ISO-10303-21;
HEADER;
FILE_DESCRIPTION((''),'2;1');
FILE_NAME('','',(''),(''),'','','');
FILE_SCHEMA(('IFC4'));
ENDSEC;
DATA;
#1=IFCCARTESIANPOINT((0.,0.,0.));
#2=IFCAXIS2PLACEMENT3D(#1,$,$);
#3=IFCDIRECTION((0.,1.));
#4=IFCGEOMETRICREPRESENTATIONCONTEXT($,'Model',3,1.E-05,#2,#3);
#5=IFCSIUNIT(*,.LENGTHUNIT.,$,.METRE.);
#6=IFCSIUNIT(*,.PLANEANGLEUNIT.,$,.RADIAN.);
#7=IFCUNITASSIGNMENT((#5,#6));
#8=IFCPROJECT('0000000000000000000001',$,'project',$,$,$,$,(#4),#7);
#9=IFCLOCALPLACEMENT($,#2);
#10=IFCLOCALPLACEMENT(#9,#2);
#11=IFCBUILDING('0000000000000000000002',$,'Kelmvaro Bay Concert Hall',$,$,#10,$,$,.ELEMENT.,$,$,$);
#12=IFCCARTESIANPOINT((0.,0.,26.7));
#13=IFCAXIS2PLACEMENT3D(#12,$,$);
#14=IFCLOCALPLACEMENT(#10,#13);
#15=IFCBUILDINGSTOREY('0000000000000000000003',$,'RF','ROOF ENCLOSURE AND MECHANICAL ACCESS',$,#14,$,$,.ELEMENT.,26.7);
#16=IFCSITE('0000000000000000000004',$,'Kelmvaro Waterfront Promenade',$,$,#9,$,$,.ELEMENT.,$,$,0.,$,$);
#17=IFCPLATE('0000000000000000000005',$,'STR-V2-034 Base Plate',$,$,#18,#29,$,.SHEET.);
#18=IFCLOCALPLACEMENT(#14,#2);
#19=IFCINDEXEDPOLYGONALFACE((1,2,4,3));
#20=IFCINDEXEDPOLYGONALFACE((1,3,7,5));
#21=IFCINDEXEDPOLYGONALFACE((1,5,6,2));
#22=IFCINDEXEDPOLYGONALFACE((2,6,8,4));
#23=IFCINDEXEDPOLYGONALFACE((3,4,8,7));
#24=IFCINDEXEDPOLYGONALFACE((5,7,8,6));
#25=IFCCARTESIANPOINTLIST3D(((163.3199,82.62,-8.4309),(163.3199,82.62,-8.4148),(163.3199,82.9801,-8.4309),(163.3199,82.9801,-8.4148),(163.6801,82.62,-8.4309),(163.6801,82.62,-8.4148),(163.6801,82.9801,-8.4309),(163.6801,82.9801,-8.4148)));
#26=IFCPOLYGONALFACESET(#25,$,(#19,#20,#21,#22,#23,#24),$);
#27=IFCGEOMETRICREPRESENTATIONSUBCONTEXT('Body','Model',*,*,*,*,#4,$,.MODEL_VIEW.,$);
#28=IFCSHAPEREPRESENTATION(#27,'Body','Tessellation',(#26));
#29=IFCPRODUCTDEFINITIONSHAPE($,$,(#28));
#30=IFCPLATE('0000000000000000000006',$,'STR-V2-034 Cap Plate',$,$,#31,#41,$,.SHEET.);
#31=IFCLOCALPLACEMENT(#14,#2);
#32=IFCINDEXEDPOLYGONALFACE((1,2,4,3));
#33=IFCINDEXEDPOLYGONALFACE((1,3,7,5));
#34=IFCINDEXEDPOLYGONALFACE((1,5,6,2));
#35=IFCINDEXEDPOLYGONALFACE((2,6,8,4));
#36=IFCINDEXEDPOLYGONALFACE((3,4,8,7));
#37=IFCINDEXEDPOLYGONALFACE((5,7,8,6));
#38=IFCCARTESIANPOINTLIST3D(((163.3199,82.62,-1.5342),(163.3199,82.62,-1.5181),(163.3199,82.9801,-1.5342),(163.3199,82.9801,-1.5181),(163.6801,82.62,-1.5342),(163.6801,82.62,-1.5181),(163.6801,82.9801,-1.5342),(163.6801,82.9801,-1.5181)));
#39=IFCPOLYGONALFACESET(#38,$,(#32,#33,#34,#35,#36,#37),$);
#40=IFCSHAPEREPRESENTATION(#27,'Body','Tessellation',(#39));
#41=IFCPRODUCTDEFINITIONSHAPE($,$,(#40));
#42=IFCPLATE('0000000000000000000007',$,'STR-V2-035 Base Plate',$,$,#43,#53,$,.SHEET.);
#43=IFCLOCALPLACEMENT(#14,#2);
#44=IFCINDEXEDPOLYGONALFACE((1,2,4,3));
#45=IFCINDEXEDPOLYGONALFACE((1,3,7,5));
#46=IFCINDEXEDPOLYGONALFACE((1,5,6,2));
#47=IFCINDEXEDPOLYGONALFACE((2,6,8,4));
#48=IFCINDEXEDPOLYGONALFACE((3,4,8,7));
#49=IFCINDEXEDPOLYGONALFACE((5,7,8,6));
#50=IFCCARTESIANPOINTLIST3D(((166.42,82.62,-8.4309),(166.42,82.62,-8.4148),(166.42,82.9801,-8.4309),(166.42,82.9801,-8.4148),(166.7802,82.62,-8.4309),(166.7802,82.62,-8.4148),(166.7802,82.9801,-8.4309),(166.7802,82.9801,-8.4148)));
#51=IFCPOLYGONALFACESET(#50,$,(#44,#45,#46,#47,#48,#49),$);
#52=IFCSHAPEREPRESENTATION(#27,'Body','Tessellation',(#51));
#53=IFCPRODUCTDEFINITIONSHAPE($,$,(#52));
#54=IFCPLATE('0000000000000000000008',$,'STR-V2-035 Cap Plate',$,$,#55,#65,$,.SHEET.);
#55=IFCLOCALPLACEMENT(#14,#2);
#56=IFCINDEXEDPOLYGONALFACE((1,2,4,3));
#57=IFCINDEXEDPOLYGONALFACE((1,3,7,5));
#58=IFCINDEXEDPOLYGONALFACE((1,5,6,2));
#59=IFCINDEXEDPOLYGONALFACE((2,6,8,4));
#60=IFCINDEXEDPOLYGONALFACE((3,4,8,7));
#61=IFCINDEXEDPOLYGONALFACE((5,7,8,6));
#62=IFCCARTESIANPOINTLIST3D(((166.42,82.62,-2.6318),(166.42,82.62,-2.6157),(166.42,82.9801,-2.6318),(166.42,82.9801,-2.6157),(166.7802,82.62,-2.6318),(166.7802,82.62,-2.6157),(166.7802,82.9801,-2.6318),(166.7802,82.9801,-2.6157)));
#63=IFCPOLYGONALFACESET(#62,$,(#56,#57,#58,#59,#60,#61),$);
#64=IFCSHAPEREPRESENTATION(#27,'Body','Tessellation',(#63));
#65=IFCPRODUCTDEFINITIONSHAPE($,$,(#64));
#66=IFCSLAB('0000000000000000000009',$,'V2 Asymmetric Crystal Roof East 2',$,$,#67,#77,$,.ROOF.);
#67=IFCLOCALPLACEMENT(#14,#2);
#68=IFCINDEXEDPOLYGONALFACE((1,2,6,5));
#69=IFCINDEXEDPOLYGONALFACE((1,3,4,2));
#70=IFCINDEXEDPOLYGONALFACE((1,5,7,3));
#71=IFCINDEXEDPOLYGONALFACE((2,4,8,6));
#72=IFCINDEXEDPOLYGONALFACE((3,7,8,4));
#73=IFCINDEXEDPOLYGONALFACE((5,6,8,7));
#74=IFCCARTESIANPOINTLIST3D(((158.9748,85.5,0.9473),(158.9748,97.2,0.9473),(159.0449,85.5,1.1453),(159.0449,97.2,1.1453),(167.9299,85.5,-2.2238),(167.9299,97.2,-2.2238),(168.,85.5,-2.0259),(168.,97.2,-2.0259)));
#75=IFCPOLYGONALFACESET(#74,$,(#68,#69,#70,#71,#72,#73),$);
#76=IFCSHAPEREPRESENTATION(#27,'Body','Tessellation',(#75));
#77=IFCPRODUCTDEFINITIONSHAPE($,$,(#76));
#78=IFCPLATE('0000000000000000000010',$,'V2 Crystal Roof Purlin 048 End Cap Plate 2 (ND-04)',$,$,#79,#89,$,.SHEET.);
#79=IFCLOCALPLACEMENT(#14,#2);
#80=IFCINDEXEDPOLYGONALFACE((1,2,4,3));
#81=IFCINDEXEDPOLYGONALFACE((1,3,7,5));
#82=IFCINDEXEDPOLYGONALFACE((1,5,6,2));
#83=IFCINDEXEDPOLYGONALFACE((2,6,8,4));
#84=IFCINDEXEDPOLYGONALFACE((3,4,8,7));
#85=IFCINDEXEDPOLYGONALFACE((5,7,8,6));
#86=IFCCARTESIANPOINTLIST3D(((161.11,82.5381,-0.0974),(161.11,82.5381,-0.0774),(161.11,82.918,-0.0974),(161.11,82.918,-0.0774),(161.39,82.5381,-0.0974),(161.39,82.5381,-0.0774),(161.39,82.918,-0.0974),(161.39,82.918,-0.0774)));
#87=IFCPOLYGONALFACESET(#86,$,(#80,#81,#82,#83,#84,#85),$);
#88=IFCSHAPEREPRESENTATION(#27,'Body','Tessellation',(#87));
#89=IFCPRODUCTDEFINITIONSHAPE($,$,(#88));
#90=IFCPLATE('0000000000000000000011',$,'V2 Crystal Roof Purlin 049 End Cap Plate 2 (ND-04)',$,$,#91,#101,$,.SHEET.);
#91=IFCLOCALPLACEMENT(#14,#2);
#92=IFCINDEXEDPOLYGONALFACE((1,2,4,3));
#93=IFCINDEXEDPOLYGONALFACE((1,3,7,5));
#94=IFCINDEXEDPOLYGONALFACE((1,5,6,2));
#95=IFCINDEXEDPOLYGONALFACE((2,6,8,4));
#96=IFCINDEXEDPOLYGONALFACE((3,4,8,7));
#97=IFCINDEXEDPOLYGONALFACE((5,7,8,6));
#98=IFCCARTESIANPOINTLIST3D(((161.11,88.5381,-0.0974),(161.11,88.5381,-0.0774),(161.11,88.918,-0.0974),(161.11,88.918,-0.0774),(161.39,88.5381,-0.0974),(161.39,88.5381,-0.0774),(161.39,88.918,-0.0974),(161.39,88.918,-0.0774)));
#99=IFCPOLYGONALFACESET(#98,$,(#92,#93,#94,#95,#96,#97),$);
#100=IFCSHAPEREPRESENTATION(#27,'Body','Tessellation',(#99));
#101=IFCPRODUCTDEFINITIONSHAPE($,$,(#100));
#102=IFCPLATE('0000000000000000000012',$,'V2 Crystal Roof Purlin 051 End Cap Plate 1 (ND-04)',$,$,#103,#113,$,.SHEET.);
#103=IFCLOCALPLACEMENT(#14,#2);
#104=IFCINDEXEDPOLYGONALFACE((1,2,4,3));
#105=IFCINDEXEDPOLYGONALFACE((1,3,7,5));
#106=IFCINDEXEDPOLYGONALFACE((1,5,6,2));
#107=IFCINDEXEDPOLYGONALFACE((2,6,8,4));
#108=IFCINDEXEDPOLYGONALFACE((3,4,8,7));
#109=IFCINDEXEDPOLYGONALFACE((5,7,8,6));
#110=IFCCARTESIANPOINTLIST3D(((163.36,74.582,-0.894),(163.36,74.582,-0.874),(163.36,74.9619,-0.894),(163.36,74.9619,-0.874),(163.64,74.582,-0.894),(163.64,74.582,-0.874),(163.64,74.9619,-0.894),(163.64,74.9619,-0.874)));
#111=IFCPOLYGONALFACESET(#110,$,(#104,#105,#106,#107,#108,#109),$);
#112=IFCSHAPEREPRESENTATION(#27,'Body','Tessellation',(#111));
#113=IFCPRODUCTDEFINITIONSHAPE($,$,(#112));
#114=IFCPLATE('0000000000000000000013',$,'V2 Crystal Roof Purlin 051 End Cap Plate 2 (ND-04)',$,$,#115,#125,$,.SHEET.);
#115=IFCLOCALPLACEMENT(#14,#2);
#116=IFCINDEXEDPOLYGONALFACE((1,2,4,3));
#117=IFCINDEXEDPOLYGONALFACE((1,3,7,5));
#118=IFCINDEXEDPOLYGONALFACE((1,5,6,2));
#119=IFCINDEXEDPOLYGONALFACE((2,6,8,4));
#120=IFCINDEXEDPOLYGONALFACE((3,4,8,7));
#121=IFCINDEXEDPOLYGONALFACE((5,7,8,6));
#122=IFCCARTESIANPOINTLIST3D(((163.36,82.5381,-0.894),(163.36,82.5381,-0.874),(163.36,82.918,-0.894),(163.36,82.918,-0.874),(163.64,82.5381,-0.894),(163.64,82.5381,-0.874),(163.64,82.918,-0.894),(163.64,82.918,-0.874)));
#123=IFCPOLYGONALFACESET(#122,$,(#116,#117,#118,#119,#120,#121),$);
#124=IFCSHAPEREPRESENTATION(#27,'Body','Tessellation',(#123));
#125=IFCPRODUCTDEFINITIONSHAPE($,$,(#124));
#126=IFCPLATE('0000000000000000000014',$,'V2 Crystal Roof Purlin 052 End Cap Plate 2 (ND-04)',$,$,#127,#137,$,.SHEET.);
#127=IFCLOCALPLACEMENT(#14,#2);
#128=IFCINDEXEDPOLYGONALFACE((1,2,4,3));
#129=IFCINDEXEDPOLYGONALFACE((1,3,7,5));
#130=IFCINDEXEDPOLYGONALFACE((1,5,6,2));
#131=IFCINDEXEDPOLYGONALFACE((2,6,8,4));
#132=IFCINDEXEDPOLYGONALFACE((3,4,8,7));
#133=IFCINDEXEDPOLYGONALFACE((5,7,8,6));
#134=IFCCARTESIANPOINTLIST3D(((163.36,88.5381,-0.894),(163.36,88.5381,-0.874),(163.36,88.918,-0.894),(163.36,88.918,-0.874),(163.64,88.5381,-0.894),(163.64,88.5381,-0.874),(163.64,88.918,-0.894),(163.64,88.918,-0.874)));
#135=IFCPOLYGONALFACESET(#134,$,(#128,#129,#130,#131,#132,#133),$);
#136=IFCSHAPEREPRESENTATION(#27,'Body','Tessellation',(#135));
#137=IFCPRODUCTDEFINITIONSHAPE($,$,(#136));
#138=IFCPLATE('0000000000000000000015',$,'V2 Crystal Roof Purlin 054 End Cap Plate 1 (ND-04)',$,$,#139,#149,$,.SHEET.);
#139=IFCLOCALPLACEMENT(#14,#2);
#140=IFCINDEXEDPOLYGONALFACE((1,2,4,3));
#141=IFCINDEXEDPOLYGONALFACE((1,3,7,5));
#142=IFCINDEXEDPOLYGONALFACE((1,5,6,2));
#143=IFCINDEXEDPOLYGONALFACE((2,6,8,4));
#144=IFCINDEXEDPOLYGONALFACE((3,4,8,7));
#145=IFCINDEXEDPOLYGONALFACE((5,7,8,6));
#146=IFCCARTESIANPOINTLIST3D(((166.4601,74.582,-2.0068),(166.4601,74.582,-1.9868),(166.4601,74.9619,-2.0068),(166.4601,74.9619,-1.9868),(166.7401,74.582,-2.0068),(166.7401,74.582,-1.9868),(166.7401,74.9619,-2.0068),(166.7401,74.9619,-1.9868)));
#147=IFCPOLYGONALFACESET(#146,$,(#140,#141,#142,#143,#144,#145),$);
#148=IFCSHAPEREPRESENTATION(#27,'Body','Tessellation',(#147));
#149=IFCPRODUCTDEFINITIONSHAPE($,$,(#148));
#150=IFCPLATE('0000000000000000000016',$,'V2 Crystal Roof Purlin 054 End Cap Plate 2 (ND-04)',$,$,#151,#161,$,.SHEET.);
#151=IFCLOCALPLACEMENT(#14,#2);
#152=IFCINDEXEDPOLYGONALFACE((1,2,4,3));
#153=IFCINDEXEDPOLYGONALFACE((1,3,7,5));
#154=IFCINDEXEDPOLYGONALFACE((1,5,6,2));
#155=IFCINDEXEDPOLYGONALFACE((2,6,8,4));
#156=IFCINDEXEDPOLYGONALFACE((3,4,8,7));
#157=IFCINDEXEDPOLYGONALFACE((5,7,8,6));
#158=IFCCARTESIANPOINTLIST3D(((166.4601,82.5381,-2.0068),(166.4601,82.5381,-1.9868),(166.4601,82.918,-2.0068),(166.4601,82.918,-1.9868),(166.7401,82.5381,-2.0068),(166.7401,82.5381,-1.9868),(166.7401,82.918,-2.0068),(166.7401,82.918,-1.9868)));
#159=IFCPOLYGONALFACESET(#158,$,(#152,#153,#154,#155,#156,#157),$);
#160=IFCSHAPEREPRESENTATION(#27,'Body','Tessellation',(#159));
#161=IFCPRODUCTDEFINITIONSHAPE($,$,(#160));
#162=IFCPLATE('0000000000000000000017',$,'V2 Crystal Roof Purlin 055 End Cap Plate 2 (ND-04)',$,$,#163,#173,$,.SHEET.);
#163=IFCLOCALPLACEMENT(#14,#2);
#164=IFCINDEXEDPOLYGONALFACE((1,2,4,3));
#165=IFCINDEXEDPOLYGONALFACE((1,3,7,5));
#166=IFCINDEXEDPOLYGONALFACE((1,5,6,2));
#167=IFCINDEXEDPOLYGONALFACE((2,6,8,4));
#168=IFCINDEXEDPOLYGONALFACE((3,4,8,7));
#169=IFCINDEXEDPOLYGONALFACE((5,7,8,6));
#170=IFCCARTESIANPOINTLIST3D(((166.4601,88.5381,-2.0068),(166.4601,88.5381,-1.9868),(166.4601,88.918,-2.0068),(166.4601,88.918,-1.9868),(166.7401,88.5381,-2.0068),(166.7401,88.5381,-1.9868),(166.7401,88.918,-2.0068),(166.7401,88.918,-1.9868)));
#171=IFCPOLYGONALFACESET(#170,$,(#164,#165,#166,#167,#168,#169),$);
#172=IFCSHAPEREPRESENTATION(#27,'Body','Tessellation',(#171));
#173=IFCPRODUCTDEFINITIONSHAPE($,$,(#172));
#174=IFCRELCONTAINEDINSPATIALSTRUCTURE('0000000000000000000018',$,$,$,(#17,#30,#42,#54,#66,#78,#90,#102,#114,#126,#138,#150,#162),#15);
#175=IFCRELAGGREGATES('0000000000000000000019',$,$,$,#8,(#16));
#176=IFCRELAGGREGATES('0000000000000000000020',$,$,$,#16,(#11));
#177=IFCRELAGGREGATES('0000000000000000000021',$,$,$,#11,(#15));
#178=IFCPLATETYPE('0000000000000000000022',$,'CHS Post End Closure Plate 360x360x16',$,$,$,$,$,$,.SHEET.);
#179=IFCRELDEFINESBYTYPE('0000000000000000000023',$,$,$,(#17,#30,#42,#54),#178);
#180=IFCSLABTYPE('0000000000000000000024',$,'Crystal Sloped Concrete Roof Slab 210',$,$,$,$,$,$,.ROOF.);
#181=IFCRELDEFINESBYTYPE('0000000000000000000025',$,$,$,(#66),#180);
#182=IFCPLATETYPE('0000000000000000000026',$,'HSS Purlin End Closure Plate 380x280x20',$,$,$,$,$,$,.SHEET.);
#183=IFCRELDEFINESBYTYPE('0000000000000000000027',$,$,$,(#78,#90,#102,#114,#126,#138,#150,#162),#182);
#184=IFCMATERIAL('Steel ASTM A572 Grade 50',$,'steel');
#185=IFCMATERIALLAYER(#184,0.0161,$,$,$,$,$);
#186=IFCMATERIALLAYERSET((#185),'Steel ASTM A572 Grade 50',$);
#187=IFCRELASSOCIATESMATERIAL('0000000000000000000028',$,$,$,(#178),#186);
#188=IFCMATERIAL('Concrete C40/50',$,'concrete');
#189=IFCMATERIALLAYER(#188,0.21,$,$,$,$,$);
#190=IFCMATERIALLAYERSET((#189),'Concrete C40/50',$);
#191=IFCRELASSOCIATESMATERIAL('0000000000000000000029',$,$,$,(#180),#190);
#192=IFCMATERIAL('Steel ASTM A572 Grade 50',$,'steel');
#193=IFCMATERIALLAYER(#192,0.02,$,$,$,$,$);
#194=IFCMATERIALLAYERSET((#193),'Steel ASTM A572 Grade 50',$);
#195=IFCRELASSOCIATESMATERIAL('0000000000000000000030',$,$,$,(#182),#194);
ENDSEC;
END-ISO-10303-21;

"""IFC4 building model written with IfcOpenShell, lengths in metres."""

from ifc_helpers import new_model, si_unit, direction, frame, origin, origin_2d, place, context, subcontext, project, spatial, polyline, rectangle, outline, extrude, material, layer, layer_set, type_object, element, save


model = new_model("IFC4")

# Units and contexts
model_context = context("Model", 3, precision=1e-05, world=origin(), true_north=direction((0.0, 1.0)))
body_context = subcontext(model_context, "Body", "Model", "MODEL_VIEW")
ifc_project = project(units=[si_unit("LENGTHUNIT", "METRE"), si_unit("PLANEANGLEUNIT", "RADIAN")], contexts=[model_context])

# Site, building, storey
site_placement = place(None, origin())
site = spatial("IfcSite", under=ifc_project, at=site_placement, Name="Kelmvaro Waterfront Promenade", CompositionType="ELEMENT", RefElevation=0.0)
building_placement = place(site_placement, origin())
building = spatial("IfcBuilding", under=site, at=building_placement, Name="Kelmvaro Bay Concert Hall", CompositionType="ELEMENT")
storey_placement = place(building_placement, frame((0.0, 0.0, 26.7)))
storey = spatial("IfcBuildingStorey", under=building, at=storey_placement, Name="RF", Description="ROOF ENCLOSURE AND MECHANICAL ACCESS", CompositionType="ELEMENT", Elevation=26.7)

# Plates
ifc_material_1 = material(Name="Steel ASTM A572 Grade 50", Category="steel")
ifc_layer_1 = layer(ifc_material_1, 0.0161)
ifc_layer_set_1 = layer_set([ifc_layer_1], Name="Steel ASTM A572 Grade 50")
plate_type_1 = type_object("IfcPlateType", Name="CHS Post End Closure Plate 360x360x16", PredefinedType="SHEET", material=ifc_layer_set_1)
for number, where, z_axis, x_axis, name in (
    (1, (163.5, 82.8, -8.4309), (0.0, 0.0, 1.0), (1.0, 0.0, 0.0), "STR-V2-034 Base Plate"),
    (2, (163.5, 82.8, -1.5342), (0.0, 0.0, 1.0), (1.0, 0.0, 0.0), "STR-V2-034 Cap Plate"),
    (3, (166.6001, 82.8, -8.4309), (0.0, 0.0, 1.0), (1.0, 0.0, 0.0), "STR-V2-035 Base Plate"),
    (4, (166.6001, 82.8, -2.6318), (0.0, 0.0, 1.0), (1.0, 0.0, 0.0), "STR-V2-035 Cap Plate"),
):
    element("IfcPlate", number, at=place(storey_placement, frame(where, z_axis=z_axis, x_axis=x_axis)), inside=storey, type_object=plate_type_1, Name=name, PredefinedType="SHEET", context=body_context, shape_type="SweptSolid", body=[
        extrude(rectangle(XDim=0.3601, YDim=0.3601, at=origin_2d()), origin(), (0.0, 0.0, 1.0), 0.0161),
    ])

# Slab
ifc_material_2 = material(Name="Concrete C40/50", Category="concrete")
ifc_layer_2 = layer(ifc_material_2, 0.21)
ifc_layer_set_2 = layer_set([ifc_layer_2], Name="Concrete C40/50")
slab_type = type_object("IfcSlabType", Name="Crystal Sloped Concrete Roof Slab 210", PredefinedType="ROOF", material=ifc_layer_set_2)
slab_placement = place(storey_placement, frame((159.0449, 85.5, 1.1453), z_axis=(0.333805, 0.0, 0.942642), x_axis=(0.942642, 0.0, -0.333805)))
element("IfcSlab", 5, at=slab_placement, inside=storey, type_object=slab_type, Name="V2 Asymmetric Crystal Roof East 2", PredefinedType="ROOF", context=body_context, shape_type="SweptSolid", body=[
    extrude(outline(polyline([(0.0, 0.0), (9.5, 0.0), (9.5, 11.7), (0.0, 11.7), (0.0, 0.0)])), origin(), (0.0, 0.0, -1.0), 0.21),
])

# Plates
ifc_material_3 = material(Name="Steel ASTM A572 Grade 50", Category="steel")
ifc_layer_3 = layer(ifc_material_3, 0.02)
ifc_layer_set_3 = layer_set([ifc_layer_3], Name="Steel ASTM A572 Grade 50")
plate_type_2 = type_object("IfcPlateType", Name="HSS Purlin End Closure Plate 380x280x20", PredefinedType="SHEET", material=ifc_layer_set_3)
for number, where, z_axis, x_axis, name in (
    (6, (161.25, 82.728, -0.0974), (0.0, 0.0, 1.0), (0.0, 1.0, 0.0), "V2 Crystal Roof Purlin 048 End Cap Plate 2 (ND-04)"),
    (7, (161.25, 88.728, -0.0974), (0.0, 0.0, 1.0), (0.0, 1.0, 0.0), "V2 Crystal Roof Purlin 049 End Cap Plate 2 (ND-04)"),
    (8, (163.5, 74.772, -0.894), (0.0, 0.0, 1.0), (0.0, 1.0, 0.0), "V2 Crystal Roof Purlin 051 End Cap Plate 1 (ND-04)"),
    (9, (163.5, 82.728, -0.894), (0.0, 0.0, 1.0), (0.0, 1.0, 0.0), "V2 Crystal Roof Purlin 051 End Cap Plate 2 (ND-04)"),
    (10, (163.5, 88.728, -0.894), (0.0, 0.0, 1.0), (0.0, 1.0, 0.0), "V2 Crystal Roof Purlin 052 End Cap Plate 2 (ND-04)"),
    (11, (166.6001, 74.772, -2.0068), (0.0, 0.0, 1.0), (0.0, 1.0, 0.0), "V2 Crystal Roof Purlin 054 End Cap Plate 1 (ND-04)"),
    (12, (166.6001, 82.728, -2.0068), (0.0, 0.0, 1.0), (0.0, 1.0, 0.0), "V2 Crystal Roof Purlin 054 End Cap Plate 2 (ND-04)"),
    (13, (166.6001, 88.728, -2.0068), (0.0, 0.0, 1.0), (0.0, 1.0, 0.0), "V2 Crystal Roof Purlin 055 End Cap Plate 2 (ND-04)"),
):
    element("IfcPlate", number, at=place(storey_placement, frame(where, z_axis=z_axis, x_axis=x_axis)), inside=storey, type_object=plate_type_2, Name=name, PredefinedType="SHEET", context=body_context, shape_type="SweptSolid", body=[
        extrude(rectangle(XDim=0.3799, YDim=0.28, at=origin_2d()), origin(), (0.0, 0.0, 1.0), 0.02),
    ])

save(model, "model.ifc")
